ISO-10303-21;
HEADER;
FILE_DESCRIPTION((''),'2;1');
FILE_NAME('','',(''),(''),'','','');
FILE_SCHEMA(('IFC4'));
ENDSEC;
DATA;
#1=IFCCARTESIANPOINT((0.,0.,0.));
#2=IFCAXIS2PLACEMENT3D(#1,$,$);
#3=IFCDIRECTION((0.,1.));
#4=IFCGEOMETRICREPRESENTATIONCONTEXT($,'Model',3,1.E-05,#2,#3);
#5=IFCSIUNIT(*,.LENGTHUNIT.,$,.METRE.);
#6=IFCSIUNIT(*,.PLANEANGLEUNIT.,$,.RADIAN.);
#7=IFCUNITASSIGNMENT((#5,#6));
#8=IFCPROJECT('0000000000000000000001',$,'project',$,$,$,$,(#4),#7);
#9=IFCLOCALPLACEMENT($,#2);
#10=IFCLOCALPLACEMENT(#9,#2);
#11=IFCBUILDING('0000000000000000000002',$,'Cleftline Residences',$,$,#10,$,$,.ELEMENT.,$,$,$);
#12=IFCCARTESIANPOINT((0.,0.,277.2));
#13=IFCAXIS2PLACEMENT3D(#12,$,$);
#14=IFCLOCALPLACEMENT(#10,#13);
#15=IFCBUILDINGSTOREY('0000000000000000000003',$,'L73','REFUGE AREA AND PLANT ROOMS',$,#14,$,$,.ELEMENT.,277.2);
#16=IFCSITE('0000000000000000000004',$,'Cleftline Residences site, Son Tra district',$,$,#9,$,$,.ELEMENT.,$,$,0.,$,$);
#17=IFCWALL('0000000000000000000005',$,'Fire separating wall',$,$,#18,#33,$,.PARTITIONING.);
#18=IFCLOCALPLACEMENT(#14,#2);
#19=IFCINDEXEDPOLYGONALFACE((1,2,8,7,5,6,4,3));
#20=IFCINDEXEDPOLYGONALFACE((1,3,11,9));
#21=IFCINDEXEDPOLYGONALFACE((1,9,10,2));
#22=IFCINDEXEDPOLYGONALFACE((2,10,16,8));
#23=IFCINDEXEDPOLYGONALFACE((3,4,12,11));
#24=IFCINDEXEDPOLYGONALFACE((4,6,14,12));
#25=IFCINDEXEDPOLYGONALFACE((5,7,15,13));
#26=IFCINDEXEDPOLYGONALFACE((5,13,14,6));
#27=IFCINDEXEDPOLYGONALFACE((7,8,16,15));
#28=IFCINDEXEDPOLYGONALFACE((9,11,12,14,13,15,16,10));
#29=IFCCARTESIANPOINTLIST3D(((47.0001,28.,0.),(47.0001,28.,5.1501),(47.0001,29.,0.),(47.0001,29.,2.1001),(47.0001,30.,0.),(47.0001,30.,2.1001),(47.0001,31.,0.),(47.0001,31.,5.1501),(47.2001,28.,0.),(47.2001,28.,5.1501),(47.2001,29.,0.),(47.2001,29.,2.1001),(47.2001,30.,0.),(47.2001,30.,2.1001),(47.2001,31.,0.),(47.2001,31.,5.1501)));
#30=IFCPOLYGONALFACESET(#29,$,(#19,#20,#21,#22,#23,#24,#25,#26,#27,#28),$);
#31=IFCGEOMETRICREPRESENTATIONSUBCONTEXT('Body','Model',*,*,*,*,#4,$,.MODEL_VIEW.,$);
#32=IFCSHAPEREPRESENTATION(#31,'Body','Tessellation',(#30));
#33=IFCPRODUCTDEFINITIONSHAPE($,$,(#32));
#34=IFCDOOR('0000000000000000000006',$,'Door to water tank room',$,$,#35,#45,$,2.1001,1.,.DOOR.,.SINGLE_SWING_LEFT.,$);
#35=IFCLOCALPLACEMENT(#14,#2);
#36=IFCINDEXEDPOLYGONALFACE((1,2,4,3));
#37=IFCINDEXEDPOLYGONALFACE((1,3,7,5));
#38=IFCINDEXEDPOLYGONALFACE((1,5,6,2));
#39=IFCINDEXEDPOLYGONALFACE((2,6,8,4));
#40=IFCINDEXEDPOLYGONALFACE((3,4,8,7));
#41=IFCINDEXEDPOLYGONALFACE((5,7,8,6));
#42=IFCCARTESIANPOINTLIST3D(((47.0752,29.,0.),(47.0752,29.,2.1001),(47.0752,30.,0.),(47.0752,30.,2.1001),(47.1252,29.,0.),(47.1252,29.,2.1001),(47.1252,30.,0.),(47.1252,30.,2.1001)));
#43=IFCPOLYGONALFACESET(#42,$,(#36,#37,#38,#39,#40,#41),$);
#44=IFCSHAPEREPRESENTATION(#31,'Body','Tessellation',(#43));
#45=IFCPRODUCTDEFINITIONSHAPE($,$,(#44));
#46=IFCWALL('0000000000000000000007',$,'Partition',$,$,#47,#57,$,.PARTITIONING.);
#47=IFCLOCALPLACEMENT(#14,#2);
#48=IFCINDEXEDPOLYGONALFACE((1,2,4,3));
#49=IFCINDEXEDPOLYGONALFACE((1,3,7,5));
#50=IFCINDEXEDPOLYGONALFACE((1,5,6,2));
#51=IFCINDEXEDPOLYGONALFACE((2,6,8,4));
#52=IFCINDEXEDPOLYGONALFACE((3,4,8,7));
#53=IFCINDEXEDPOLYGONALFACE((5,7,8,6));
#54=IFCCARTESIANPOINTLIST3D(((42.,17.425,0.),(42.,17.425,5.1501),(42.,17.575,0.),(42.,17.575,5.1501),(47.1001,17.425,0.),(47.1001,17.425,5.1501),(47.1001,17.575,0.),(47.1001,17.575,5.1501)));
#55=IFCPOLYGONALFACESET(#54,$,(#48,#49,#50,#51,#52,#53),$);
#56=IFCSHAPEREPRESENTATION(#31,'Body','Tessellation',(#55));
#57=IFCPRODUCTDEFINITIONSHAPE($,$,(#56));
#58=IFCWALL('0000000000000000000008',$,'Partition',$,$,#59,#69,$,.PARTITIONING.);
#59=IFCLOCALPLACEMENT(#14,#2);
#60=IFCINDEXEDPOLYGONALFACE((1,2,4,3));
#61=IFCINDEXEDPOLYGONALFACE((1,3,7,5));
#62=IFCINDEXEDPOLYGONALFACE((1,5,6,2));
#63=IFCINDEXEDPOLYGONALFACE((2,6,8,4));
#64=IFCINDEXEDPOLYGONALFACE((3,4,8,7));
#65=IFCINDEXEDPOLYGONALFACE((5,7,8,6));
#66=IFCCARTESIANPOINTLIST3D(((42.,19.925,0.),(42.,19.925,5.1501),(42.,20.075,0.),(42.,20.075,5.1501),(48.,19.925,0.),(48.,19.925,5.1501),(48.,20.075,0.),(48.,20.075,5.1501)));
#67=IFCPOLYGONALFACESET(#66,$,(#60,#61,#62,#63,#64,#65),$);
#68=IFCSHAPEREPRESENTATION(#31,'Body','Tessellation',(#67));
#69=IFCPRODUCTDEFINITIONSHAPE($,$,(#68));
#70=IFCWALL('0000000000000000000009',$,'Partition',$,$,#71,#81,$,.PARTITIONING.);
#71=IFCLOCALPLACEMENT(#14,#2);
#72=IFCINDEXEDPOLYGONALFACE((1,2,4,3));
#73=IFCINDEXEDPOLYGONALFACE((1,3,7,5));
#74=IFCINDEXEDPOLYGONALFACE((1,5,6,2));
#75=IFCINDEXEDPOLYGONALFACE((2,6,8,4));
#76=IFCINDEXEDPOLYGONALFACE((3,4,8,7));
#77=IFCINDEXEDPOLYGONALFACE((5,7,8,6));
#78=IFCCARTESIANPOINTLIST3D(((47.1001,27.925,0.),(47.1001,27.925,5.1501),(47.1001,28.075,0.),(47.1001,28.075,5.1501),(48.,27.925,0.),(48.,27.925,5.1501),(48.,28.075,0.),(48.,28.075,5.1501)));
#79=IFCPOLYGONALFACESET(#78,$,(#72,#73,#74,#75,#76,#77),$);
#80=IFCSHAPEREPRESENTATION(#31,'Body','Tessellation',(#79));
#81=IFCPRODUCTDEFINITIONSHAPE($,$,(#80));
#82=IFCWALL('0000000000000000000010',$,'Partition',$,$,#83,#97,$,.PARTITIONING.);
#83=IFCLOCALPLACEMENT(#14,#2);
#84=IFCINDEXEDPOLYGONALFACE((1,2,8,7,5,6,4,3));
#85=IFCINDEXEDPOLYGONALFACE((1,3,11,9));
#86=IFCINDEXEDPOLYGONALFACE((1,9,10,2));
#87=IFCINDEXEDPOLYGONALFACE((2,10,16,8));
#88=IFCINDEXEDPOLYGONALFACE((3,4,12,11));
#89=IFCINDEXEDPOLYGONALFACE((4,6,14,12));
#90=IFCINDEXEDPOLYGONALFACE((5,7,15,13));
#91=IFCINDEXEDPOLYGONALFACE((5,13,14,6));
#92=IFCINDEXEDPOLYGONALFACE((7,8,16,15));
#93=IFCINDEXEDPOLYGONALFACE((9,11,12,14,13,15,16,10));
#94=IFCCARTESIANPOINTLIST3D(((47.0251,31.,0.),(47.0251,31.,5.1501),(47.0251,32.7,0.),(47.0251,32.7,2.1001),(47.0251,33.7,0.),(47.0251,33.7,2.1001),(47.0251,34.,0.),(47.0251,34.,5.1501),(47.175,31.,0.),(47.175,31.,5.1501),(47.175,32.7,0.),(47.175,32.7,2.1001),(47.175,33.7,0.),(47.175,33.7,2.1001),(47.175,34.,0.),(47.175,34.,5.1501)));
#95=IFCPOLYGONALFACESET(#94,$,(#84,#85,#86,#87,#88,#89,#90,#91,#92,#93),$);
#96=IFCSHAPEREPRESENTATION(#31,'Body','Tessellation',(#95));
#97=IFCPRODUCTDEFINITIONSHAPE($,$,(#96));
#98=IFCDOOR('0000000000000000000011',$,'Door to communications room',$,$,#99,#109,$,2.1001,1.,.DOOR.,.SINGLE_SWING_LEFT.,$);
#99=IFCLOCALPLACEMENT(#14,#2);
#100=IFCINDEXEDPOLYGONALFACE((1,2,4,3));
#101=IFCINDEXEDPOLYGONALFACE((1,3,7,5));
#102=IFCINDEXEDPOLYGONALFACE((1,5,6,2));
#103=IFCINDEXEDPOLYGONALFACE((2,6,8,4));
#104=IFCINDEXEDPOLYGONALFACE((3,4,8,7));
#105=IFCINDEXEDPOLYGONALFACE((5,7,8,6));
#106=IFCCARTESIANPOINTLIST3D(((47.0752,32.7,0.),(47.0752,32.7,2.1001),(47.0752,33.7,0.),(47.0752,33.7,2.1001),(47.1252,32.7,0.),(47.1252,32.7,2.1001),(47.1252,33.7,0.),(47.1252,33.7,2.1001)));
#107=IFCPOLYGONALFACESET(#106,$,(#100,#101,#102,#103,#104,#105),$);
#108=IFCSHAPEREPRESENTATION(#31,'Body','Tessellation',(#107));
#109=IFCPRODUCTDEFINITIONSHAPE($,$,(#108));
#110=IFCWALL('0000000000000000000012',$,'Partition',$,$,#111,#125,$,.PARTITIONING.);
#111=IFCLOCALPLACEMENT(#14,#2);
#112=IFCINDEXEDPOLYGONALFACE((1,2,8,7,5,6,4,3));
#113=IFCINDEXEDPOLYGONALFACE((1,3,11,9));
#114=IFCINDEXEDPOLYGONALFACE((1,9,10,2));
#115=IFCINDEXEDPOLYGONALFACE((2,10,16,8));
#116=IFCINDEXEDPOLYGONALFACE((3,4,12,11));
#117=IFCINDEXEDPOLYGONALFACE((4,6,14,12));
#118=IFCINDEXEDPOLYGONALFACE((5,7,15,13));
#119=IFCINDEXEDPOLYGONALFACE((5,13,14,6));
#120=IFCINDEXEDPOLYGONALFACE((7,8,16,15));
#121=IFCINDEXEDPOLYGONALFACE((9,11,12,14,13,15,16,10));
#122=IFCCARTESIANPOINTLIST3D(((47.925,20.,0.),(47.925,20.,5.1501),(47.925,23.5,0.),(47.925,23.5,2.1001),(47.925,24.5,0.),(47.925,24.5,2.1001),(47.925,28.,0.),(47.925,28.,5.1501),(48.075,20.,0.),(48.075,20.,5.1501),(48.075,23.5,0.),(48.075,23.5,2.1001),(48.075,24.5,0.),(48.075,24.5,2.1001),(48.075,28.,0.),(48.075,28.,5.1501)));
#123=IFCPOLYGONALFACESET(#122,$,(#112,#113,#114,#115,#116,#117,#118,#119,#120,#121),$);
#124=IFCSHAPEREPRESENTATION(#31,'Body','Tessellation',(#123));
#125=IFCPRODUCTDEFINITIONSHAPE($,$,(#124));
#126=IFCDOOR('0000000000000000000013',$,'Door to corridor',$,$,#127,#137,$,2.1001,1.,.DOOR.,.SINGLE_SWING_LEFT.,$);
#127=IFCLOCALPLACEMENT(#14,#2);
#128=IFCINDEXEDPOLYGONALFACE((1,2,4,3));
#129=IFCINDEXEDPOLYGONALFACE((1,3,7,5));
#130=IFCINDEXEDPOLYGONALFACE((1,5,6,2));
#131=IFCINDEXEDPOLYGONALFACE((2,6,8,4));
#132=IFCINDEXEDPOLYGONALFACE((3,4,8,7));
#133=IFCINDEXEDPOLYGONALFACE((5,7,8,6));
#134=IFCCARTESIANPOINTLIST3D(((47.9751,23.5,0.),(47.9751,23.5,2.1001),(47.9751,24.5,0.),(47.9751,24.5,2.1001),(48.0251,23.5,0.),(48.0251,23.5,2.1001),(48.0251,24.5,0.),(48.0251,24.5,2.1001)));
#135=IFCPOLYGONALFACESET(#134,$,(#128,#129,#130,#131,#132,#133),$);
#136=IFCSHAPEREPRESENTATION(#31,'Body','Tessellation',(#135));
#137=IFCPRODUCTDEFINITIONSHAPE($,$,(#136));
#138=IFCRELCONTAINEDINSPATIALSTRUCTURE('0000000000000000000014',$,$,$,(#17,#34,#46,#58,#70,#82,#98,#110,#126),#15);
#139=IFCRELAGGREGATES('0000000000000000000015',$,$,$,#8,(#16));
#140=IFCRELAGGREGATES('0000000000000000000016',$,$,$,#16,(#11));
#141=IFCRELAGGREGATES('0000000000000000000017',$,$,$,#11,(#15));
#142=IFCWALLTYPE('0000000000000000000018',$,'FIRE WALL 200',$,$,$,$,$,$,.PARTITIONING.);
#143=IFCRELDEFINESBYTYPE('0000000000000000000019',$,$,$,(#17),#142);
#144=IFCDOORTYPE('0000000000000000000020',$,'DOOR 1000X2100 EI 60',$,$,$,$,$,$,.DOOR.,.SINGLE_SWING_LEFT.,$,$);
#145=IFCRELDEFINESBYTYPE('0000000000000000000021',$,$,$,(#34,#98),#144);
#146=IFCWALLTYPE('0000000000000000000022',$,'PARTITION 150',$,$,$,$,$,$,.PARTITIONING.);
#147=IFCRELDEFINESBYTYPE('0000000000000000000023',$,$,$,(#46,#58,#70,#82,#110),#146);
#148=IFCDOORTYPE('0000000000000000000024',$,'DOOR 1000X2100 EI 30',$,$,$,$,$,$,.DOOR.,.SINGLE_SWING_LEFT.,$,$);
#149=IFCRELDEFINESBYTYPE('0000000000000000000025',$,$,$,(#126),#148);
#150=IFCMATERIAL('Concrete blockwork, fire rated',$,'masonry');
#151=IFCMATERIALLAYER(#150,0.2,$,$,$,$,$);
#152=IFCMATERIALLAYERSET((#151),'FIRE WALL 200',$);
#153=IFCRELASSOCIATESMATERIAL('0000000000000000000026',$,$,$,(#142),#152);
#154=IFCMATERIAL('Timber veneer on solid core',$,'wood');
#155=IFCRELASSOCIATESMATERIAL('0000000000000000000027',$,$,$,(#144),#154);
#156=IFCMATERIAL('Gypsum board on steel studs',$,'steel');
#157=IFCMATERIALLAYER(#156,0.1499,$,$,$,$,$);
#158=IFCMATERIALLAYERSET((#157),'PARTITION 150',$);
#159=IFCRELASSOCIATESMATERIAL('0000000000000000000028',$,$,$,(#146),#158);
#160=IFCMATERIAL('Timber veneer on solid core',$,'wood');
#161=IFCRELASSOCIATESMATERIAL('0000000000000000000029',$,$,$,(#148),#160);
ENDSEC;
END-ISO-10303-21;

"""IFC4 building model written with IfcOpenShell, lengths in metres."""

from ifc_helpers import new_model, si_unit, direction, frame, frame_2d, origin, place, context, subcontext, project, spatial, rectangle, extrude, material, layer, layer_set, type_object, element, fill, save


model = new_model("IFC4")

# Units and contexts
model_context = context("Model", 3, precision=1e-05, world=origin(), true_north=direction((0.0, 1.0)))
body_context = subcontext(model_context, "Body", "Model", "MODEL_VIEW")
ifc_project = project(units=[si_unit("LENGTHUNIT", "METRE"), si_unit("PLANEANGLEUNIT", "RADIAN")], contexts=[model_context])

# Site, building, storey
site_placement = place(None, origin())
site = spatial("IfcSite", under=ifc_project, at=site_placement, Name="Cleftline Residences site, Son Tra district", CompositionType="ELEMENT", RefElevation=0.0)
building_placement = place(site_placement, origin())
building = spatial("IfcBuilding", under=site, at=building_placement, Name="Cleftline Residences", CompositionType="ELEMENT")
storey_placement = place(building_placement, frame((0.0, 0.0, 277.2)))
storey = spatial("IfcBuildingStorey", under=building, at=storey_placement, Name="L73", Description="REFUGE AREA AND PLANT ROOMS", CompositionType="ELEMENT", Elevation=277.2)

# Shared definitions
ifc_material_1 = material(Name="Concrete blockwork, fire rated", Category="masonry")
ifc_layer_1 = layer(ifc_material_1, 0.2)
ifc_layer_set_1 = layer_set([ifc_layer_1], Name="FIRE WALL 200")
wall_type_1 = type_object("IfcWallType", Name="FIRE WALL 200", PredefinedType="PARTITIONING", material=ifc_layer_set_1)

# Wall, opening, door
wall_1_placement = place(storey_placement, frame((47.1001, 28.0, 0.0), z_axis=(0.0, 0.0, 1.0), x_axis=(0.0, 1.0, 0.0)))
wall_1 = element("IfcWall", 1, at=wall_1_placement, inside=storey, type_object=wall_type_1, Name="Fire separating wall", PredefinedType="PARTITIONING", context=body_context, shape_type="SweptSolid", body=[
    extrude(rectangle(XDim=3.0, YDim=0.2, at=frame_2d((1.5, 0.0))), origin(), (0.0, 0.0, 1.0), 5.1501),
])
opening_1_placement = place(wall_1_placement, frame((1.0, 0.0, 0.0)))
opening_1 = element("IfcOpeningElement", 2, at=opening_1_placement, cuts=wall_1, PredefinedType="OPENING", context=body_context, shape_type="SweptSolid", body=[
    extrude(rectangle(XDim=1.0, YDim=2.1001, at=frame_2d((0.5, 1.05))), frame((0.0, 0.1099, 0.0), z_axis=(0.0, -1.0, 0.0), x_axis=(1.0, 0.0, 0.0)), (0.0, 0.0, 1.0), 0.22),
])
ifc_material_2 = material(Name="Timber veneer on solid core", Category="wood")
door_type_1 = type_object("IfcDoorType", Name="DOOR 1000X2100 EI 60", OperationType="SINGLE_SWING_LEFT", PredefinedType="DOOR", material=ifc_material_2)
door_1_placement = place(opening_1_placement, origin())
door_1 = element("IfcDoor", 3, at=door_1_placement, inside=storey, type_object=door_type_1, Name="Door to water tank room", OperationType="SINGLE_SWING_LEFT", OverallHeight=2.1001, OverallWidth=1.0, PredefinedType="DOOR", context=body_context, shape_type="SweptSolid", body=[
    extrude(rectangle(XDim=1.0, YDim=2.1001, at=frame_2d((0.5, 1.05))), frame((0.0, 0.0249, 0.0), z_axis=(0.0, -1.0, 0.0), x_axis=(1.0, 0.0, 0.0)), (0.0, 0.0, 1.0), 0.05),
])
fill(opening_1, door_1)

# Walls
ifc_material_3 = material(Name="Gypsum board on steel studs", Category="steel")
ifc_layer_2 = layer(ifc_material_3, 0.1499)
ifc_layer_set_2 = layer_set([ifc_layer_2], Name="PARTITION 150")
wall_type_2 = type_object("IfcWallType", Name="PARTITION 150", PredefinedType="PARTITIONING", material=ifc_layer_set_2)
wall_2_placement = place(storey_placement, frame((42.0, 17.5, 0.0), z_axis=(0.0, 0.0, 1.0), x_axis=(1.0, 0.0, 0.0)))
element("IfcWall", 4, at=wall_2_placement, inside=storey, type_object=wall_type_2, Name="Partition", PredefinedType="PARTITIONING", context=body_context, shape_type="SweptSolid", body=[
    extrude(rectangle(XDim=5.1001, YDim=0.1499, at=frame_2d((2.55, 0.0))), origin(), (0.0, 0.0, 1.0), 5.1501),
])
wall_3_placement = place(storey_placement, frame((42.0, 20.0, 0.0), z_axis=(0.0, 0.0, 1.0), x_axis=(1.0, 0.0, 0.0)))
element("IfcWall", 5, at=wall_3_placement, inside=storey, type_object=wall_type_2, Name="Partition", PredefinedType="PARTITIONING", context=body_context, shape_type="SweptSolid", body=[
    extrude(rectangle(XDim=6.0, YDim=0.1499, at=frame_2d((3.0, 0.0))), origin(), (0.0, 0.0, 1.0), 5.1501),
])
wall_4_placement = place(storey_placement, frame((47.1001, 28.0, 0.0), z_axis=(0.0, 0.0, 1.0), x_axis=(1.0, 0.0, 0.0)))
element("IfcWall", 6, at=wall_4_placement, inside=storey, type_object=wall_type_2, Name="Partition", PredefinedType="PARTITIONING", context=body_context, shape_type="SweptSolid", body=[
    extrude(rectangle(XDim=0.8999, YDim=0.1499, at=frame_2d((0.45, 0.0))), origin(), (0.0, 0.0, 1.0), 5.1501),
])

# Walls, openings, doors
wall_5_placement = place(storey_placement, frame((47.1001, 31.0, 0.0), z_axis=(0.0, 0.0, 1.0), x_axis=(0.0, 1.0, 0.0)))
wall_5 = element("IfcWall", 7, at=wall_5_placement, inside=storey, type_object=wall_type_2, Name="Partition", PredefinedType="PARTITIONING", context=body_context, shape_type="SweptSolid", body=[
    extrude(rectangle(XDim=3.0, YDim=0.1499, at=frame_2d((1.5, 0.0))), origin(), (0.0, 0.0, 1.0), 5.1501),
])
opening_2_placement = place(wall_5_placement, frame((1.7, 0.0, 0.0)))
opening_2 = element("IfcOpeningElement", 8, at=opening_2_placement, cuts=wall_5, PredefinedType="OPENING", context=body_context, shape_type="SweptSolid", body=[
    extrude(rectangle(XDim=1.0, YDim=2.1001, at=frame_2d((0.5, 1.05))), frame((0.0, 0.085, 0.0), z_axis=(0.0, -1.0, 0.0), x_axis=(1.0, 0.0, 0.0)), (0.0, 0.0, 1.0), 0.1699),
])
door_2_placement = place(opening_2_placement, origin())
door_2 = element("IfcDoor", 9, at=door_2_placement, inside=storey, type_object=door_type_1, Name="Door to communications room", OperationType="SINGLE_SWING_LEFT", OverallHeight=2.1001, OverallWidth=1.0, PredefinedType="DOOR", context=body_context, shape_type="SweptSolid", body=[
    extrude(rectangle(XDim=1.0, YDim=2.1001, at=frame_2d((0.5, 1.05))), frame((0.0, 0.0249, 0.0), z_axis=(0.0, -1.0, 0.0), x_axis=(1.0, 0.0, 0.0)), (0.0, 0.0, 1.0), 0.05),
])
fill(opening_2, door_2)
wall_6_placement = place(storey_placement, frame((48.0, 20.0, 0.0), z_axis=(0.0, 0.0, 1.0), x_axis=(0.0, 1.0, 0.0)))
wall_6 = element("IfcWall", 10, at=wall_6_placement, inside=storey, type_object=wall_type_2, Name="Partition", PredefinedType="PARTITIONING", context=body_context, shape_type="SweptSolid", body=[
    extrude(rectangle(XDim=8.0, YDim=0.1499, at=frame_2d((4.0, 0.0))), origin(), (0.0, 0.0, 1.0), 5.1501),
])
opening_3_placement = place(wall_6_placement, frame((3.5, 0.0, 0.0)))
opening_3 = element("IfcOpeningElement", 11, at=opening_3_placement, cuts=wall_6, PredefinedType="OPENING", context=body_context, shape_type="SweptSolid", body=[
    extrude(rectangle(XDim=1.0, YDim=2.1001, at=frame_2d((0.5, 1.05))), frame((0.0, 0.085, 0.0), z_axis=(0.0, -1.0, 0.0), x_axis=(1.0, 0.0, 0.0)), (0.0, 0.0, 1.0), 0.1699),
])
ifc_material_4 = material(Name="Timber veneer on solid core", Category="wood")
door_type_2 = type_object("IfcDoorType", Name="DOOR 1000X2100 EI 30", OperationType="SINGLE_SWING_LEFT", PredefinedType="DOOR", material=ifc_material_4)
door_3_placement = place(opening_3_placement, origin())
door_3 = element("IfcDoor", 12, at=door_3_placement, inside=storey, type_object=door_type_2, Name="Door to corridor", OperationType="SINGLE_SWING_LEFT", OverallHeight=2.1001, OverallWidth=1.0, PredefinedType="DOOR", context=body_context, shape_type="SweptSolid", body=[
    extrude(rectangle(XDim=1.0, YDim=2.1001, at=frame_2d((0.5, 1.05))), frame((0.0, 0.0249, 0.0), z_axis=(0.0, -1.0, 0.0), x_axis=(1.0, 0.0, 0.0)), (0.0, 0.0, 1.0), 0.05),
])
fill(opening_3, door_3)

save(model, "model.ifc")
